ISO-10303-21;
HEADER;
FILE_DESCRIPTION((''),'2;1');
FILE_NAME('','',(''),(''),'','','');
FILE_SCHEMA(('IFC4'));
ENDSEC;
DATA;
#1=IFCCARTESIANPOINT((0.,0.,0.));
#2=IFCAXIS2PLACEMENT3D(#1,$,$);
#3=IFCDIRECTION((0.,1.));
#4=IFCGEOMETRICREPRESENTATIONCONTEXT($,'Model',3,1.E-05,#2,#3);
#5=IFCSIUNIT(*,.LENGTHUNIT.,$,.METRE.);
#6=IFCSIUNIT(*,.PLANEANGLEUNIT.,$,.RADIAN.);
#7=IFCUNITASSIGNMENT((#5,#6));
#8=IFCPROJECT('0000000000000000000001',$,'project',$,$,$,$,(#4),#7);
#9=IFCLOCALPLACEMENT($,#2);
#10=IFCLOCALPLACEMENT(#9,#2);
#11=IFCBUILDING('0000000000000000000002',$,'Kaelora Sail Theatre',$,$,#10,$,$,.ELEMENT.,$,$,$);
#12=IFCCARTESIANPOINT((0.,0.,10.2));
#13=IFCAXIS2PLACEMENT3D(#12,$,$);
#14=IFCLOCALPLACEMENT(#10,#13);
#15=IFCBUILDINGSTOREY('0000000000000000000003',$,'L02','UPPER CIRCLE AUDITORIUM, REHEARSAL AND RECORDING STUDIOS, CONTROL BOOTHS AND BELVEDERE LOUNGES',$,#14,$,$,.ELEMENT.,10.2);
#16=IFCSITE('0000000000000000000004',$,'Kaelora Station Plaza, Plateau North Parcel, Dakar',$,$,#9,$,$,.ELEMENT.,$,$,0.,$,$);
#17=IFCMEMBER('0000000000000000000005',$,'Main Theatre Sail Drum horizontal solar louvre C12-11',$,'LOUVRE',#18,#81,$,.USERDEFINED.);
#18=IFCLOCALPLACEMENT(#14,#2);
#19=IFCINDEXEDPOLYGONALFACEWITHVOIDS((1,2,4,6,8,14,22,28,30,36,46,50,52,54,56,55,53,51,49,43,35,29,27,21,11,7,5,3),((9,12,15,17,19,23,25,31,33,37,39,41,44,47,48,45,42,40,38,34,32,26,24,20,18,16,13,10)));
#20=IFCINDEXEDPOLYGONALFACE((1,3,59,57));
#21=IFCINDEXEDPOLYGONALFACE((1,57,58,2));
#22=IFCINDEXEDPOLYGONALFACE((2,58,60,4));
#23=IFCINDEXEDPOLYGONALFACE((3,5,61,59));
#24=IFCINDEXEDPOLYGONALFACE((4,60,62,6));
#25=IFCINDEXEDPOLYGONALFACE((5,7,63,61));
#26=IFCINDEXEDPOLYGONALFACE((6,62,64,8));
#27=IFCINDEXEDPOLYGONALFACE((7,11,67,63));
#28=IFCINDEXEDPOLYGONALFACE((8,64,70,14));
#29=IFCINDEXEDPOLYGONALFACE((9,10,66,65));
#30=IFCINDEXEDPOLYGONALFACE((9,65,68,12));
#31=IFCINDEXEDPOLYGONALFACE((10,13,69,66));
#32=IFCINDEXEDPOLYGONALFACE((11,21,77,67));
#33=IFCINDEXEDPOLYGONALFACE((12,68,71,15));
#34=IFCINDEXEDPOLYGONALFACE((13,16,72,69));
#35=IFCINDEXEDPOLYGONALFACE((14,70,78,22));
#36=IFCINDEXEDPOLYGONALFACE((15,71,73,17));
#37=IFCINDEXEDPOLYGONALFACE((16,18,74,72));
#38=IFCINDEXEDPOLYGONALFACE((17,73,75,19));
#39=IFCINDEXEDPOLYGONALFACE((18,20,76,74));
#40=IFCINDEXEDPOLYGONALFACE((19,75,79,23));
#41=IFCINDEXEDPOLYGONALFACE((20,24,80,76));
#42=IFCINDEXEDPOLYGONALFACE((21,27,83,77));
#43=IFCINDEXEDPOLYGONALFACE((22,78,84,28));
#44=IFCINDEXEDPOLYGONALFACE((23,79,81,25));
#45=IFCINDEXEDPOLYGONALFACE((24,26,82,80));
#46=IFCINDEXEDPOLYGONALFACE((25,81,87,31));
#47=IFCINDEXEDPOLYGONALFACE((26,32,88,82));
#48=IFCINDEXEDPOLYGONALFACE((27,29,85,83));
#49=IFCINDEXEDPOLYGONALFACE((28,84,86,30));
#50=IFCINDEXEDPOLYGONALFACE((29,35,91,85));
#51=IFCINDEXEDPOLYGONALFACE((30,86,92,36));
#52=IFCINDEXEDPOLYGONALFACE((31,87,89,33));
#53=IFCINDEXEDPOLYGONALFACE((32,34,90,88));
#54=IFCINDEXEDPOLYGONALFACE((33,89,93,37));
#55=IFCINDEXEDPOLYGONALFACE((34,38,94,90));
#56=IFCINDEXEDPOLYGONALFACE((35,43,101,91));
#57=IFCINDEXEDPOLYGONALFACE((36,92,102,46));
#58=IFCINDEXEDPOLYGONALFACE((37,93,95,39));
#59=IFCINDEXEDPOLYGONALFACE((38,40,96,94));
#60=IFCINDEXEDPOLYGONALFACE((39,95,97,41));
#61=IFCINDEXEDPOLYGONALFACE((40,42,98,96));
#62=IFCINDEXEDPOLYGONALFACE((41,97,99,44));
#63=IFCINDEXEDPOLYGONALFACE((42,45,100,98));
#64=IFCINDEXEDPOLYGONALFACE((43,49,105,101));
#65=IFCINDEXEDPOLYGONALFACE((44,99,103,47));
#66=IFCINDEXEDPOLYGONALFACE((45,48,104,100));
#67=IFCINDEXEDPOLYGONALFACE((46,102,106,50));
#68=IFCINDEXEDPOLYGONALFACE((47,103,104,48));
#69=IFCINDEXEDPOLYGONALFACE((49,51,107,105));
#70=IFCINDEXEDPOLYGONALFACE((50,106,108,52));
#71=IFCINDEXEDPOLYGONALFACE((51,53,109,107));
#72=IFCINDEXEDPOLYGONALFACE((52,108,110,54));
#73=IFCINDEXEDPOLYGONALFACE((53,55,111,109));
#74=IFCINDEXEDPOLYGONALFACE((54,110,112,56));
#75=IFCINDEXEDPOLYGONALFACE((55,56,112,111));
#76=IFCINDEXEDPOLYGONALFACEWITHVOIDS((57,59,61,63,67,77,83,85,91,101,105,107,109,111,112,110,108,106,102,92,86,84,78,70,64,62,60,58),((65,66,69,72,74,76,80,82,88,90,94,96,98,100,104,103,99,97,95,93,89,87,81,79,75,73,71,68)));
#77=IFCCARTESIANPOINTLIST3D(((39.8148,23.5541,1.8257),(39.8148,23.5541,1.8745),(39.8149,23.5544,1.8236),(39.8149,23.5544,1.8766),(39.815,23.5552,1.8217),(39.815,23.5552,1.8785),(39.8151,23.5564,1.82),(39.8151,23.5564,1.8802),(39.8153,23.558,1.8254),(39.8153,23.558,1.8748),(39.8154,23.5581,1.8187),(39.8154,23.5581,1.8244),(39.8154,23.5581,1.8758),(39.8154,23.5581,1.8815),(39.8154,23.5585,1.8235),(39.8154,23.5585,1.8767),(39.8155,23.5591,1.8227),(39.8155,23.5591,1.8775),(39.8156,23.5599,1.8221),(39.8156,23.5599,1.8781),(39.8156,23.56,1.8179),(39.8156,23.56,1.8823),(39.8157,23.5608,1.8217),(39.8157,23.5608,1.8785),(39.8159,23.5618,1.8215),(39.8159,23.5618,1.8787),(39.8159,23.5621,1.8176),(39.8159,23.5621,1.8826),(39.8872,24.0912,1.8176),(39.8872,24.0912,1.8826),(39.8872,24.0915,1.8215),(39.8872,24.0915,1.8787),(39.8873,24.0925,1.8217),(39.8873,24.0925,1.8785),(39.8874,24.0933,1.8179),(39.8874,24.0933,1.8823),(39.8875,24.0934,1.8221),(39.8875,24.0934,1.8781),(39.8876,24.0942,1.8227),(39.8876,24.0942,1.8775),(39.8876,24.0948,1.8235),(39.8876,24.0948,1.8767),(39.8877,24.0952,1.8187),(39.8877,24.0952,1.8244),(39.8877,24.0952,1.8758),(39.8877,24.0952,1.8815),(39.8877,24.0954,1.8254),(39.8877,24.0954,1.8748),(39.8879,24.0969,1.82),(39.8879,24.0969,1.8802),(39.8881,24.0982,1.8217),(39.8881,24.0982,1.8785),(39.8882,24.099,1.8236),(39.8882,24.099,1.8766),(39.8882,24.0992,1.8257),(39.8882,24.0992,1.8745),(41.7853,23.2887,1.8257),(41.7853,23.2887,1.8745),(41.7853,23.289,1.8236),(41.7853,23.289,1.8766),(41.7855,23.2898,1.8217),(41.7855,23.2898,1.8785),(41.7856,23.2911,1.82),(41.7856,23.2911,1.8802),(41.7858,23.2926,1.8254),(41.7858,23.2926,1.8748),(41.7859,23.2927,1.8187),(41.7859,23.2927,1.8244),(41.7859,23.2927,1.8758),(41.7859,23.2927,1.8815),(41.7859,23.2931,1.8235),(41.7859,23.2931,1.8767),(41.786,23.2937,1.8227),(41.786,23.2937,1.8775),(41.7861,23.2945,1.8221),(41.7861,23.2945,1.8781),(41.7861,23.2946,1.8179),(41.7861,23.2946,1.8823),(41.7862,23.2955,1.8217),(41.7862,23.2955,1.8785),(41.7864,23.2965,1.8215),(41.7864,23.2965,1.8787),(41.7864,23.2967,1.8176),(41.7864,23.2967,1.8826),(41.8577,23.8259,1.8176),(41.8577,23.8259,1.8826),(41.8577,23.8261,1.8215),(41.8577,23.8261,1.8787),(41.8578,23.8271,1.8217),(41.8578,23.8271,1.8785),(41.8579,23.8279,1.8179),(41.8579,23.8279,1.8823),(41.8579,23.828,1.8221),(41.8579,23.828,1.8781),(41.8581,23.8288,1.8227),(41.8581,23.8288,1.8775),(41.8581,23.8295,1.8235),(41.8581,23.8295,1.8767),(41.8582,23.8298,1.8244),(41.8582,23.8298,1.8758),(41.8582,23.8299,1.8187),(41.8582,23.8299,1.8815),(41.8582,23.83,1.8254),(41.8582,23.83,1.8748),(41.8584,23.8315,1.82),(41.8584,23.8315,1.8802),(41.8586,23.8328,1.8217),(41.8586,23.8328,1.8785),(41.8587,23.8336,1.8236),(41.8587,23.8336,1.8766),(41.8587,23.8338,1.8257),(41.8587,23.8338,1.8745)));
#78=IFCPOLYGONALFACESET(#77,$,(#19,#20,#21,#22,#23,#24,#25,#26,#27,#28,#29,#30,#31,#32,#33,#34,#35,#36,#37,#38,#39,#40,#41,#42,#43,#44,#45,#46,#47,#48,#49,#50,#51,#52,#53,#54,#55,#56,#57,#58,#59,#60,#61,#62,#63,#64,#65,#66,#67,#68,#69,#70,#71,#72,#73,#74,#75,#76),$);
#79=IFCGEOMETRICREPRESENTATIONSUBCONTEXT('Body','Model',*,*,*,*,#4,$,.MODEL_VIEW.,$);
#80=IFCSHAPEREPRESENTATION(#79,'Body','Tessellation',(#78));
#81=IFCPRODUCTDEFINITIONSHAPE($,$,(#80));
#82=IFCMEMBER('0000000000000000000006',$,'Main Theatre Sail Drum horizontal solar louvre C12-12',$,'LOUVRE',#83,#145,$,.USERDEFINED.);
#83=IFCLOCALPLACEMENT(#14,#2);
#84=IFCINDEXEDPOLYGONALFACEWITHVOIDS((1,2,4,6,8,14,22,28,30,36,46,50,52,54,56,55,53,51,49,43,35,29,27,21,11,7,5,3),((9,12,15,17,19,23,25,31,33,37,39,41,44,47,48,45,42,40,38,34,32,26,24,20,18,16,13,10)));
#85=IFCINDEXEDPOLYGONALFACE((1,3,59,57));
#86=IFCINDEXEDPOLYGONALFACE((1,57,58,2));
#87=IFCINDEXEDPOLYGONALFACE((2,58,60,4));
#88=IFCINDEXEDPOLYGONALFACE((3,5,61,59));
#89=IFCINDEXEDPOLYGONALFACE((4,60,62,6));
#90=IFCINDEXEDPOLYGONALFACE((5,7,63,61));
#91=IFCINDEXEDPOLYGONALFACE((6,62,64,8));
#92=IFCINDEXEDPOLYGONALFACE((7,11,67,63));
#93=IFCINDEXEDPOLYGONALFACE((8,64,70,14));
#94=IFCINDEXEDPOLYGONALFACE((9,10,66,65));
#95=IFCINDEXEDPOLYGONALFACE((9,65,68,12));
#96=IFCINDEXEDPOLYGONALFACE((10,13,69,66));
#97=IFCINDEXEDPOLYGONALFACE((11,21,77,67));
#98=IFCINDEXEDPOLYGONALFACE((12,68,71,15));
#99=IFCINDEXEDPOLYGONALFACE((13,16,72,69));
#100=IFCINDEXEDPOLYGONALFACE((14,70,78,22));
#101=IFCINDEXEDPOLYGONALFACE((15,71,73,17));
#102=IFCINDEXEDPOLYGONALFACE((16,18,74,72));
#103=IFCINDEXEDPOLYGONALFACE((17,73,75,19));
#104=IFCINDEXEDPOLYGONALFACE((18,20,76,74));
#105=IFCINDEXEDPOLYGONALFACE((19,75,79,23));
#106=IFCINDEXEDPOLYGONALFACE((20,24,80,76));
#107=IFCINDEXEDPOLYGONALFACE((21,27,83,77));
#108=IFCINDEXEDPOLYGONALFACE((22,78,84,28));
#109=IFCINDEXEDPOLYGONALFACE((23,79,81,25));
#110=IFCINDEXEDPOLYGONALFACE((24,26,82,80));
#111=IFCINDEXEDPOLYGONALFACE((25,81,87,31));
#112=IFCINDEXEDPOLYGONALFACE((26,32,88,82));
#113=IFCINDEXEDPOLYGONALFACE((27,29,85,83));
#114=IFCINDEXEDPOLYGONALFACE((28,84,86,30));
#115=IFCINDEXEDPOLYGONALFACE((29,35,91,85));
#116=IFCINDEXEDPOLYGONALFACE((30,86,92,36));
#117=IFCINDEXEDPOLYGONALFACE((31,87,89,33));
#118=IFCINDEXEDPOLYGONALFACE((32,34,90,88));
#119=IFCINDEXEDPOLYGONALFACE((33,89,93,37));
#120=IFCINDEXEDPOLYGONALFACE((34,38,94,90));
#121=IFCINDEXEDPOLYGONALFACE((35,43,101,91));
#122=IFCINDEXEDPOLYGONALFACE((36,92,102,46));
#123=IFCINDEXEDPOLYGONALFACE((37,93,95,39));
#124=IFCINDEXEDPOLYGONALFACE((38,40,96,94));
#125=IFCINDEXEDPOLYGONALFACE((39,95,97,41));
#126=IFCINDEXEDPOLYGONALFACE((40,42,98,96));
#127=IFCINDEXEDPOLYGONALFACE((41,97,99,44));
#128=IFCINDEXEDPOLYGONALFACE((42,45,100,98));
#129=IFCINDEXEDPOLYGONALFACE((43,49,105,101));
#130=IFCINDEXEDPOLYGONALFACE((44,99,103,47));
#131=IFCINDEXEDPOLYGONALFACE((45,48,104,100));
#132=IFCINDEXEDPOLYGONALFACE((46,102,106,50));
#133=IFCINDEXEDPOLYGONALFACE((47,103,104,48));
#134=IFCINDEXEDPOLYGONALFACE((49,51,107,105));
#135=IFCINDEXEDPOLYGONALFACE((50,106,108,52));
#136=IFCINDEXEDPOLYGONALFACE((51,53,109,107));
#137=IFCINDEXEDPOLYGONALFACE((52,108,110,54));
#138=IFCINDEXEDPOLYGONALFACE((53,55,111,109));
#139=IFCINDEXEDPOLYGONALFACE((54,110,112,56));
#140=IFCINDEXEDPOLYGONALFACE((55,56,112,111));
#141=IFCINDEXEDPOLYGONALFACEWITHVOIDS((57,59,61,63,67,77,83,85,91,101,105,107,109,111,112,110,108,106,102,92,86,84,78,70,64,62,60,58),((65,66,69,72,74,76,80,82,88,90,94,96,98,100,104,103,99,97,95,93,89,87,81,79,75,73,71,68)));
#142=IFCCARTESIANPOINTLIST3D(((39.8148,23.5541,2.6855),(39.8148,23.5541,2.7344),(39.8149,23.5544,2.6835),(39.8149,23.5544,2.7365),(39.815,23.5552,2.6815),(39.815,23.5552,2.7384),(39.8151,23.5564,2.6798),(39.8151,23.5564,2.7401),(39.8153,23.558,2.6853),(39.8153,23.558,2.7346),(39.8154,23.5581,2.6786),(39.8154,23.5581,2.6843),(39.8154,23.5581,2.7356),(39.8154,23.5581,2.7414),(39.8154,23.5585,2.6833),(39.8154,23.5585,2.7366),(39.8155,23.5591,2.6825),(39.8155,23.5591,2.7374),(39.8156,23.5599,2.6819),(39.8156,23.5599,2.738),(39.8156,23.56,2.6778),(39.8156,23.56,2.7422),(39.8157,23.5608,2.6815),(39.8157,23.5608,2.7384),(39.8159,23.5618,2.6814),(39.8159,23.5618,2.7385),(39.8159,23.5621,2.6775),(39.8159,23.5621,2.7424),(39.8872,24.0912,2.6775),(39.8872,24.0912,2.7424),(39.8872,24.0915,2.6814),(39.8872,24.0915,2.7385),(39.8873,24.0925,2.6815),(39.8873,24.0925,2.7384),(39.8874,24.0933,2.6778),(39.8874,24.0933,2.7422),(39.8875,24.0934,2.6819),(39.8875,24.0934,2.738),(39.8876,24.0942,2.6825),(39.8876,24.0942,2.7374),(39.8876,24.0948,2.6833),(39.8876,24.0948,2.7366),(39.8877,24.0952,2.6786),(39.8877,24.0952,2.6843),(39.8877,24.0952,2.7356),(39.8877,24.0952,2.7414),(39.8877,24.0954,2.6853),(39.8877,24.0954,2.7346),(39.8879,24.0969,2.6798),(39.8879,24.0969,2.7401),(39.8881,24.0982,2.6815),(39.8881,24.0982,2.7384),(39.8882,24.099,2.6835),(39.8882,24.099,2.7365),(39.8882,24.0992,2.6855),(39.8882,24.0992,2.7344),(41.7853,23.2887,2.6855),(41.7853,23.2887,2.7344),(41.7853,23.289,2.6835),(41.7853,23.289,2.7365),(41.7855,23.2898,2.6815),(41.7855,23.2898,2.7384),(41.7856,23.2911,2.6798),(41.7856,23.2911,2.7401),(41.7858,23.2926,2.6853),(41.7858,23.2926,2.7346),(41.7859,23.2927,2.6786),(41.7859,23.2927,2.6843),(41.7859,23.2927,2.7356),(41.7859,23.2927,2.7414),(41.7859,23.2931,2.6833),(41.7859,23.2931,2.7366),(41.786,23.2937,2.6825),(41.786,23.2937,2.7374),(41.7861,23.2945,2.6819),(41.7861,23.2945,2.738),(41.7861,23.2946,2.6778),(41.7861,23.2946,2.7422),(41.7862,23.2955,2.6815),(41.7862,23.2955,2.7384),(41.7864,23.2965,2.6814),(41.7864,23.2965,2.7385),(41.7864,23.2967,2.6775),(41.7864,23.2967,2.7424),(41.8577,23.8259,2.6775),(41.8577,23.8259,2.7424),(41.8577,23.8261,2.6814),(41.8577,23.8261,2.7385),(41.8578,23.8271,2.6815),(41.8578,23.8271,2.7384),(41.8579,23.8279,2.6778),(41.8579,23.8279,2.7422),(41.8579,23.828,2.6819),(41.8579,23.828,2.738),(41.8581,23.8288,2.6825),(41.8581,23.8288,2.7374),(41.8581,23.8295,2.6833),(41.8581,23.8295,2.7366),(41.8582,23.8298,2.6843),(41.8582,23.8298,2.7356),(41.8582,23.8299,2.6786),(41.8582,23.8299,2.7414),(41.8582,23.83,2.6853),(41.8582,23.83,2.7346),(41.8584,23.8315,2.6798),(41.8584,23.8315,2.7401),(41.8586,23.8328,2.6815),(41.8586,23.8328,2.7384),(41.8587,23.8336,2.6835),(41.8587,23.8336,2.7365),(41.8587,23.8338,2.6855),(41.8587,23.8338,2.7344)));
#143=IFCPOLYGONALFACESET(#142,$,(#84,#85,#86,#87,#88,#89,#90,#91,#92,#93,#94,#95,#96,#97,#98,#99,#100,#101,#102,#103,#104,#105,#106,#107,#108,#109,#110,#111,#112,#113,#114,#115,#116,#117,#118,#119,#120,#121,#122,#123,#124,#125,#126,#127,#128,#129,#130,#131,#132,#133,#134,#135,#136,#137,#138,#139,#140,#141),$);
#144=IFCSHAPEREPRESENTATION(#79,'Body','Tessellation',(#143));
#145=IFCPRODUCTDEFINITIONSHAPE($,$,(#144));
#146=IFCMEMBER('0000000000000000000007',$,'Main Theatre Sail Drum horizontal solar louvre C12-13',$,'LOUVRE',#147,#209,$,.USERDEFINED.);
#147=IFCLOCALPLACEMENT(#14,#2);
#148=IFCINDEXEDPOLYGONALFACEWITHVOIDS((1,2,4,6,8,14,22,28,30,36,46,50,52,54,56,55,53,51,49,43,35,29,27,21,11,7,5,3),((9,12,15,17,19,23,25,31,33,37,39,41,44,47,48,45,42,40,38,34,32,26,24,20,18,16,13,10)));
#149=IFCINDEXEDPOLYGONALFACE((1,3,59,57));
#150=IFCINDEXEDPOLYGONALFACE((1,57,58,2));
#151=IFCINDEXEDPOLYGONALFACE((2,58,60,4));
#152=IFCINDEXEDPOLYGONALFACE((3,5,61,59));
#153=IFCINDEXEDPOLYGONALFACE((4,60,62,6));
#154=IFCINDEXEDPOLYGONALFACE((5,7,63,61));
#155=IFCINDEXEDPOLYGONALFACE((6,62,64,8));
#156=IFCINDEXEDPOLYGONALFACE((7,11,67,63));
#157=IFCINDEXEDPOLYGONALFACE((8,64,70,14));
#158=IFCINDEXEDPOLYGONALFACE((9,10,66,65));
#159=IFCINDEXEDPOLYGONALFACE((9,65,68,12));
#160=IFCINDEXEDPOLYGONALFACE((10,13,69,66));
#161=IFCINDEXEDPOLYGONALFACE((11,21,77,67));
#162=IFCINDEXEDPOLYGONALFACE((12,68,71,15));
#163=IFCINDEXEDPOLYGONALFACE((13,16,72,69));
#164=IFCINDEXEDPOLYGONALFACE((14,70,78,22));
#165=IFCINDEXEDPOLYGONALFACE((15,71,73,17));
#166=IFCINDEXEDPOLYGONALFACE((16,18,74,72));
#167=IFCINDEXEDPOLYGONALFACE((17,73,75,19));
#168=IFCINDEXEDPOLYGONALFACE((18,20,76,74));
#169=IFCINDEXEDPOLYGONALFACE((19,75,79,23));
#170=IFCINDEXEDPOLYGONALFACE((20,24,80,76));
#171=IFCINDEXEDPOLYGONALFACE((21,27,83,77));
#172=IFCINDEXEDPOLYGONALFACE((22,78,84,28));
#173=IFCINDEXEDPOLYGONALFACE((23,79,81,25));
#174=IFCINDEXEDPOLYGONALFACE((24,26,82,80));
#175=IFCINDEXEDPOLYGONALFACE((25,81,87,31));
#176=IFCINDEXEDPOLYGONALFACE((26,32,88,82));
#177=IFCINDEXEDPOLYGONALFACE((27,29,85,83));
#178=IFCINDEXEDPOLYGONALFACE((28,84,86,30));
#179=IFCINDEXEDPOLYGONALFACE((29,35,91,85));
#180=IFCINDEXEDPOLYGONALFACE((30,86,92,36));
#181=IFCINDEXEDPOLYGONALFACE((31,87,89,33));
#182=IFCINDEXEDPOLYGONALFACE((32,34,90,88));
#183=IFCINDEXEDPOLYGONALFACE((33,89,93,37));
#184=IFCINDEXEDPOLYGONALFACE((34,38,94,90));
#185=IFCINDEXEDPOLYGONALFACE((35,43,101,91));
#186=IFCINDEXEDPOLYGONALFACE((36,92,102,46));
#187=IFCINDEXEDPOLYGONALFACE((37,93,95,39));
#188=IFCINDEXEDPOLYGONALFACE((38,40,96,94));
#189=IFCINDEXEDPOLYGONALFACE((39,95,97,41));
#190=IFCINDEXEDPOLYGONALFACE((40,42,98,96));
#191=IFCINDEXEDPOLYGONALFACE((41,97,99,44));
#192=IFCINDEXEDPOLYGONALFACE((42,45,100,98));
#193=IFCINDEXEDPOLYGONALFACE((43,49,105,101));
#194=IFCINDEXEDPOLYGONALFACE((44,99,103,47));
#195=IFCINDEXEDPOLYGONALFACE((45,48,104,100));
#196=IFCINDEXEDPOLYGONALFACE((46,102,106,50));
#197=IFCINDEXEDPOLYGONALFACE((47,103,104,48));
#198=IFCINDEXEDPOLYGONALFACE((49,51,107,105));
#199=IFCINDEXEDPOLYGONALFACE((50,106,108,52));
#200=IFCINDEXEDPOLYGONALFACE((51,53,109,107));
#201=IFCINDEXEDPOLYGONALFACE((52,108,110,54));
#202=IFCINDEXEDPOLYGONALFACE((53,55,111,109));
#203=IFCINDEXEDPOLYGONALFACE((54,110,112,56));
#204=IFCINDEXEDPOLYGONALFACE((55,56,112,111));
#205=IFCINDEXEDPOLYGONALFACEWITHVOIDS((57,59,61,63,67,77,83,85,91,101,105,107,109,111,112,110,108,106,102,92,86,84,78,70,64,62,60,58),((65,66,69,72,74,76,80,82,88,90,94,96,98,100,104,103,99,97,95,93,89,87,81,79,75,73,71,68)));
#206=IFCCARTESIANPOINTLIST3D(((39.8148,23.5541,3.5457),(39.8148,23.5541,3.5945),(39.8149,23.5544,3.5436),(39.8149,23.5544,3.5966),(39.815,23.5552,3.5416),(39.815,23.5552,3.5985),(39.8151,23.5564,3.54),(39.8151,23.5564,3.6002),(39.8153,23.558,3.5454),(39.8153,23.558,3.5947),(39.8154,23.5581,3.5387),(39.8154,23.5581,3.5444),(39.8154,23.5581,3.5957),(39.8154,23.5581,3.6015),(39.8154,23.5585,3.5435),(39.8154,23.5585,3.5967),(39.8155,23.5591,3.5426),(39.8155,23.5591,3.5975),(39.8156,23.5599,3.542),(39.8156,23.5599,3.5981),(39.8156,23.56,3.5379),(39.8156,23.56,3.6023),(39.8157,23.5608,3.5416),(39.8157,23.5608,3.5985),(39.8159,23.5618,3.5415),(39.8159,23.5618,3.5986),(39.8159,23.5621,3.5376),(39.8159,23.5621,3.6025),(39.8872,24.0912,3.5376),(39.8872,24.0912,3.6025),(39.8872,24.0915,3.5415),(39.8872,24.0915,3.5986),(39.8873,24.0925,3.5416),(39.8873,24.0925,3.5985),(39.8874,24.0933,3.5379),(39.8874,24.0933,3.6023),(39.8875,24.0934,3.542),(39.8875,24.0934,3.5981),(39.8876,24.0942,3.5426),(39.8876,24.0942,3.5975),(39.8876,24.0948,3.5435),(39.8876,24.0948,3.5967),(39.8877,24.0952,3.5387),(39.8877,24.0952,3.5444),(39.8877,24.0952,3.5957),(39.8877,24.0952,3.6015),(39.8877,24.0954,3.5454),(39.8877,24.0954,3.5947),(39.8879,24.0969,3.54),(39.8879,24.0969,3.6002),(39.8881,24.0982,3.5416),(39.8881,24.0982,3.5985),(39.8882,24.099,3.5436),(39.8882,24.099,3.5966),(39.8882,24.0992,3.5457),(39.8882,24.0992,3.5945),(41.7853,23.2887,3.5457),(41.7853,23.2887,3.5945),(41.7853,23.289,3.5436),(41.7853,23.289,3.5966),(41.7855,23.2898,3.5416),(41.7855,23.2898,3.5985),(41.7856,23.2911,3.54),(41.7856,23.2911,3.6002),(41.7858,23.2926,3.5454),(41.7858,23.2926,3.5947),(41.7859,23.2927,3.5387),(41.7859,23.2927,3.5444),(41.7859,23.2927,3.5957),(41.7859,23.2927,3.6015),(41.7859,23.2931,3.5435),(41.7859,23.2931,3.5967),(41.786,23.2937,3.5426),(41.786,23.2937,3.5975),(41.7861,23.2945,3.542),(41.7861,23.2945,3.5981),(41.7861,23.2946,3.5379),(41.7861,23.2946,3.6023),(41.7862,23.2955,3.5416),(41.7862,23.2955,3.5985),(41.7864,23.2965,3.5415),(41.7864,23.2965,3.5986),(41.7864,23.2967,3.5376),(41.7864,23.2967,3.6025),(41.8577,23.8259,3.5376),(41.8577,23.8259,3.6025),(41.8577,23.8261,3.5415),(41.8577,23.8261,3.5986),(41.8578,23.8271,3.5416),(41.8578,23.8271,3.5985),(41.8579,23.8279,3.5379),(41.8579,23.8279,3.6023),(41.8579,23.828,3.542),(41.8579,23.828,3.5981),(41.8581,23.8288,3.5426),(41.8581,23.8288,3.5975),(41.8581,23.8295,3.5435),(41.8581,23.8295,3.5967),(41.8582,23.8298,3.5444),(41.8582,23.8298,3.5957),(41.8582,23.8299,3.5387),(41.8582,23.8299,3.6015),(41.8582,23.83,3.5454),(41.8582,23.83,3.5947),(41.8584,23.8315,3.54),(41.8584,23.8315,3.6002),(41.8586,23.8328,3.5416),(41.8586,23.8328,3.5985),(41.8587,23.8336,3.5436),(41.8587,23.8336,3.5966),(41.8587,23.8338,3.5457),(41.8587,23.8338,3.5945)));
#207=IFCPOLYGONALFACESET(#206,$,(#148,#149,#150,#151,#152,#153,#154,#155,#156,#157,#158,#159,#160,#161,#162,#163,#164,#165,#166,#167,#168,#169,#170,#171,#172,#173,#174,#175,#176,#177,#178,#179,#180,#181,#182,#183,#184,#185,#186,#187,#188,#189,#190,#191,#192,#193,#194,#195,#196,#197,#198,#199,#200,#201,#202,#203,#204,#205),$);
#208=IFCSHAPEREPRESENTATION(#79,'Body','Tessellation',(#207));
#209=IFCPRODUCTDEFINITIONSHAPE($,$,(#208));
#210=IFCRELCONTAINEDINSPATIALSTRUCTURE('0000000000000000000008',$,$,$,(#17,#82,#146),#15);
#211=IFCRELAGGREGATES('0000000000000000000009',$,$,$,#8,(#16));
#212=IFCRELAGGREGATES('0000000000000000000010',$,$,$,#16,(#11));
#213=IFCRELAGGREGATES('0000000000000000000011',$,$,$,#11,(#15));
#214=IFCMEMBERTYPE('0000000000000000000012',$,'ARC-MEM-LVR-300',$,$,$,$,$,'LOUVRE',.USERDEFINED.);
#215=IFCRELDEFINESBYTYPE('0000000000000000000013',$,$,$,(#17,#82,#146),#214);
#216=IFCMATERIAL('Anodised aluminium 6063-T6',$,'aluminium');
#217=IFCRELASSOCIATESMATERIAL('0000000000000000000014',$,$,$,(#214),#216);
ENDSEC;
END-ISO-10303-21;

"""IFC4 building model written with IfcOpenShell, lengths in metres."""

from ifc_helpers import new_model, si_unit, direction, frame, origin, origin_2d, place, context, subcontext, project, spatial, hollow_rectangle, extrude, material, material_profile, profile_set, type_object, element, save


model = new_model("IFC4")

# Units and contexts
model_context = context("Model", 3, precision=1e-05, world=origin(), true_north=direction((0.0, 1.0)))
body_context = subcontext(model_context, "Body", "Model", "MODEL_VIEW")
ifc_project = project(units=[si_unit("LENGTHUNIT", "METRE"), si_unit("PLANEANGLEUNIT", "RADIAN")], contexts=[model_context])

# Site, building, storey
site_placement = place(None, origin())
site = spatial("IfcSite", under=ifc_project, at=site_placement, Name="Kaelora Station Plaza, Plateau North Parcel, Dakar", CompositionType="ELEMENT", RefElevation=0.0)
building_placement = place(site_placement, origin())
building = spatial("IfcBuilding", under=site, at=building_placement, Name="Kaelora Sail Theatre", CompositionType="ELEMENT")
storey_placement = place(building_placement, frame((0.0, 0.0, 10.2)))
storey = spatial("IfcBuildingStorey", under=building, at=storey_placement, Name="L02", Description="UPPER CIRCLE AUDITORIUM, REHEARSAL AND RECORDING STUDIOS, CONTROL BOOTHS AND BELVEDERE LOUNGES", CompositionType="ELEMENT", Elevation=10.2)

# Members
ifc_material_1 = material(Name="Anodised aluminium 6063-T6", Category="aluminium")
ifc_material_profile_1 = material_profile(ifc_material_1, hollow_rectangle(XDim=0.55, YDim=0.0649, WallThickness=0.0039, InnerFilletRadius=0.0039, OuterFilletRadius=0.0081, at=origin_2d()), Name="LOUVRE 550x65x4")
ifc_profile_set_1 = profile_set([ifc_material_profile_1], Name="Anodised aluminium 6063-T6")
member_type = type_object("IfcMemberType", Name="ARC-MEM-LVR-300", ElementType="LOUVRE", PredefinedType="USERDEFINED", material=ifc_profile_set_1)
for number, where, z_axis, x_axis, name in (
    (1, (41.822, 23.5613, 1.8501), (-0.991052, 0.133475, 0.0), (-0.133475, -0.991052, 0.0), "Main Theatre Sail Drum horizontal solar louvre C12-11"),
    (2, (41.822, 23.5613, 2.71), (-0.991052, 0.133475, 0.0), (-0.133475, -0.991052, 0.0), "Main Theatre Sail Drum horizontal solar louvre C12-12"),
    (3, (41.822, 23.5613, 3.5701), (-0.991052, 0.133475, 0.0), (-0.133475, -0.991052, 0.0), "Main Theatre Sail Drum horizontal solar louvre C12-13"),
):
    element("IfcMember", number, at=place(storey_placement, frame(where, z_axis=z_axis, x_axis=x_axis)), inside=storey, type_object=member_type, Name=name, ObjectType="LOUVRE", PredefinedType="USERDEFINED", context=body_context, shape_type="SweptSolid", body=[
        extrude(hollow_rectangle(XDim=0.55, YDim=0.0649, WallThickness=0.0039, InnerFilletRadius=0.0039, OuterFilletRadius=0.0081, at=origin_2d()), origin(), (0.0, 0.0, 1.0), 1.9883),
    ])

save(model, "model.ifc")
